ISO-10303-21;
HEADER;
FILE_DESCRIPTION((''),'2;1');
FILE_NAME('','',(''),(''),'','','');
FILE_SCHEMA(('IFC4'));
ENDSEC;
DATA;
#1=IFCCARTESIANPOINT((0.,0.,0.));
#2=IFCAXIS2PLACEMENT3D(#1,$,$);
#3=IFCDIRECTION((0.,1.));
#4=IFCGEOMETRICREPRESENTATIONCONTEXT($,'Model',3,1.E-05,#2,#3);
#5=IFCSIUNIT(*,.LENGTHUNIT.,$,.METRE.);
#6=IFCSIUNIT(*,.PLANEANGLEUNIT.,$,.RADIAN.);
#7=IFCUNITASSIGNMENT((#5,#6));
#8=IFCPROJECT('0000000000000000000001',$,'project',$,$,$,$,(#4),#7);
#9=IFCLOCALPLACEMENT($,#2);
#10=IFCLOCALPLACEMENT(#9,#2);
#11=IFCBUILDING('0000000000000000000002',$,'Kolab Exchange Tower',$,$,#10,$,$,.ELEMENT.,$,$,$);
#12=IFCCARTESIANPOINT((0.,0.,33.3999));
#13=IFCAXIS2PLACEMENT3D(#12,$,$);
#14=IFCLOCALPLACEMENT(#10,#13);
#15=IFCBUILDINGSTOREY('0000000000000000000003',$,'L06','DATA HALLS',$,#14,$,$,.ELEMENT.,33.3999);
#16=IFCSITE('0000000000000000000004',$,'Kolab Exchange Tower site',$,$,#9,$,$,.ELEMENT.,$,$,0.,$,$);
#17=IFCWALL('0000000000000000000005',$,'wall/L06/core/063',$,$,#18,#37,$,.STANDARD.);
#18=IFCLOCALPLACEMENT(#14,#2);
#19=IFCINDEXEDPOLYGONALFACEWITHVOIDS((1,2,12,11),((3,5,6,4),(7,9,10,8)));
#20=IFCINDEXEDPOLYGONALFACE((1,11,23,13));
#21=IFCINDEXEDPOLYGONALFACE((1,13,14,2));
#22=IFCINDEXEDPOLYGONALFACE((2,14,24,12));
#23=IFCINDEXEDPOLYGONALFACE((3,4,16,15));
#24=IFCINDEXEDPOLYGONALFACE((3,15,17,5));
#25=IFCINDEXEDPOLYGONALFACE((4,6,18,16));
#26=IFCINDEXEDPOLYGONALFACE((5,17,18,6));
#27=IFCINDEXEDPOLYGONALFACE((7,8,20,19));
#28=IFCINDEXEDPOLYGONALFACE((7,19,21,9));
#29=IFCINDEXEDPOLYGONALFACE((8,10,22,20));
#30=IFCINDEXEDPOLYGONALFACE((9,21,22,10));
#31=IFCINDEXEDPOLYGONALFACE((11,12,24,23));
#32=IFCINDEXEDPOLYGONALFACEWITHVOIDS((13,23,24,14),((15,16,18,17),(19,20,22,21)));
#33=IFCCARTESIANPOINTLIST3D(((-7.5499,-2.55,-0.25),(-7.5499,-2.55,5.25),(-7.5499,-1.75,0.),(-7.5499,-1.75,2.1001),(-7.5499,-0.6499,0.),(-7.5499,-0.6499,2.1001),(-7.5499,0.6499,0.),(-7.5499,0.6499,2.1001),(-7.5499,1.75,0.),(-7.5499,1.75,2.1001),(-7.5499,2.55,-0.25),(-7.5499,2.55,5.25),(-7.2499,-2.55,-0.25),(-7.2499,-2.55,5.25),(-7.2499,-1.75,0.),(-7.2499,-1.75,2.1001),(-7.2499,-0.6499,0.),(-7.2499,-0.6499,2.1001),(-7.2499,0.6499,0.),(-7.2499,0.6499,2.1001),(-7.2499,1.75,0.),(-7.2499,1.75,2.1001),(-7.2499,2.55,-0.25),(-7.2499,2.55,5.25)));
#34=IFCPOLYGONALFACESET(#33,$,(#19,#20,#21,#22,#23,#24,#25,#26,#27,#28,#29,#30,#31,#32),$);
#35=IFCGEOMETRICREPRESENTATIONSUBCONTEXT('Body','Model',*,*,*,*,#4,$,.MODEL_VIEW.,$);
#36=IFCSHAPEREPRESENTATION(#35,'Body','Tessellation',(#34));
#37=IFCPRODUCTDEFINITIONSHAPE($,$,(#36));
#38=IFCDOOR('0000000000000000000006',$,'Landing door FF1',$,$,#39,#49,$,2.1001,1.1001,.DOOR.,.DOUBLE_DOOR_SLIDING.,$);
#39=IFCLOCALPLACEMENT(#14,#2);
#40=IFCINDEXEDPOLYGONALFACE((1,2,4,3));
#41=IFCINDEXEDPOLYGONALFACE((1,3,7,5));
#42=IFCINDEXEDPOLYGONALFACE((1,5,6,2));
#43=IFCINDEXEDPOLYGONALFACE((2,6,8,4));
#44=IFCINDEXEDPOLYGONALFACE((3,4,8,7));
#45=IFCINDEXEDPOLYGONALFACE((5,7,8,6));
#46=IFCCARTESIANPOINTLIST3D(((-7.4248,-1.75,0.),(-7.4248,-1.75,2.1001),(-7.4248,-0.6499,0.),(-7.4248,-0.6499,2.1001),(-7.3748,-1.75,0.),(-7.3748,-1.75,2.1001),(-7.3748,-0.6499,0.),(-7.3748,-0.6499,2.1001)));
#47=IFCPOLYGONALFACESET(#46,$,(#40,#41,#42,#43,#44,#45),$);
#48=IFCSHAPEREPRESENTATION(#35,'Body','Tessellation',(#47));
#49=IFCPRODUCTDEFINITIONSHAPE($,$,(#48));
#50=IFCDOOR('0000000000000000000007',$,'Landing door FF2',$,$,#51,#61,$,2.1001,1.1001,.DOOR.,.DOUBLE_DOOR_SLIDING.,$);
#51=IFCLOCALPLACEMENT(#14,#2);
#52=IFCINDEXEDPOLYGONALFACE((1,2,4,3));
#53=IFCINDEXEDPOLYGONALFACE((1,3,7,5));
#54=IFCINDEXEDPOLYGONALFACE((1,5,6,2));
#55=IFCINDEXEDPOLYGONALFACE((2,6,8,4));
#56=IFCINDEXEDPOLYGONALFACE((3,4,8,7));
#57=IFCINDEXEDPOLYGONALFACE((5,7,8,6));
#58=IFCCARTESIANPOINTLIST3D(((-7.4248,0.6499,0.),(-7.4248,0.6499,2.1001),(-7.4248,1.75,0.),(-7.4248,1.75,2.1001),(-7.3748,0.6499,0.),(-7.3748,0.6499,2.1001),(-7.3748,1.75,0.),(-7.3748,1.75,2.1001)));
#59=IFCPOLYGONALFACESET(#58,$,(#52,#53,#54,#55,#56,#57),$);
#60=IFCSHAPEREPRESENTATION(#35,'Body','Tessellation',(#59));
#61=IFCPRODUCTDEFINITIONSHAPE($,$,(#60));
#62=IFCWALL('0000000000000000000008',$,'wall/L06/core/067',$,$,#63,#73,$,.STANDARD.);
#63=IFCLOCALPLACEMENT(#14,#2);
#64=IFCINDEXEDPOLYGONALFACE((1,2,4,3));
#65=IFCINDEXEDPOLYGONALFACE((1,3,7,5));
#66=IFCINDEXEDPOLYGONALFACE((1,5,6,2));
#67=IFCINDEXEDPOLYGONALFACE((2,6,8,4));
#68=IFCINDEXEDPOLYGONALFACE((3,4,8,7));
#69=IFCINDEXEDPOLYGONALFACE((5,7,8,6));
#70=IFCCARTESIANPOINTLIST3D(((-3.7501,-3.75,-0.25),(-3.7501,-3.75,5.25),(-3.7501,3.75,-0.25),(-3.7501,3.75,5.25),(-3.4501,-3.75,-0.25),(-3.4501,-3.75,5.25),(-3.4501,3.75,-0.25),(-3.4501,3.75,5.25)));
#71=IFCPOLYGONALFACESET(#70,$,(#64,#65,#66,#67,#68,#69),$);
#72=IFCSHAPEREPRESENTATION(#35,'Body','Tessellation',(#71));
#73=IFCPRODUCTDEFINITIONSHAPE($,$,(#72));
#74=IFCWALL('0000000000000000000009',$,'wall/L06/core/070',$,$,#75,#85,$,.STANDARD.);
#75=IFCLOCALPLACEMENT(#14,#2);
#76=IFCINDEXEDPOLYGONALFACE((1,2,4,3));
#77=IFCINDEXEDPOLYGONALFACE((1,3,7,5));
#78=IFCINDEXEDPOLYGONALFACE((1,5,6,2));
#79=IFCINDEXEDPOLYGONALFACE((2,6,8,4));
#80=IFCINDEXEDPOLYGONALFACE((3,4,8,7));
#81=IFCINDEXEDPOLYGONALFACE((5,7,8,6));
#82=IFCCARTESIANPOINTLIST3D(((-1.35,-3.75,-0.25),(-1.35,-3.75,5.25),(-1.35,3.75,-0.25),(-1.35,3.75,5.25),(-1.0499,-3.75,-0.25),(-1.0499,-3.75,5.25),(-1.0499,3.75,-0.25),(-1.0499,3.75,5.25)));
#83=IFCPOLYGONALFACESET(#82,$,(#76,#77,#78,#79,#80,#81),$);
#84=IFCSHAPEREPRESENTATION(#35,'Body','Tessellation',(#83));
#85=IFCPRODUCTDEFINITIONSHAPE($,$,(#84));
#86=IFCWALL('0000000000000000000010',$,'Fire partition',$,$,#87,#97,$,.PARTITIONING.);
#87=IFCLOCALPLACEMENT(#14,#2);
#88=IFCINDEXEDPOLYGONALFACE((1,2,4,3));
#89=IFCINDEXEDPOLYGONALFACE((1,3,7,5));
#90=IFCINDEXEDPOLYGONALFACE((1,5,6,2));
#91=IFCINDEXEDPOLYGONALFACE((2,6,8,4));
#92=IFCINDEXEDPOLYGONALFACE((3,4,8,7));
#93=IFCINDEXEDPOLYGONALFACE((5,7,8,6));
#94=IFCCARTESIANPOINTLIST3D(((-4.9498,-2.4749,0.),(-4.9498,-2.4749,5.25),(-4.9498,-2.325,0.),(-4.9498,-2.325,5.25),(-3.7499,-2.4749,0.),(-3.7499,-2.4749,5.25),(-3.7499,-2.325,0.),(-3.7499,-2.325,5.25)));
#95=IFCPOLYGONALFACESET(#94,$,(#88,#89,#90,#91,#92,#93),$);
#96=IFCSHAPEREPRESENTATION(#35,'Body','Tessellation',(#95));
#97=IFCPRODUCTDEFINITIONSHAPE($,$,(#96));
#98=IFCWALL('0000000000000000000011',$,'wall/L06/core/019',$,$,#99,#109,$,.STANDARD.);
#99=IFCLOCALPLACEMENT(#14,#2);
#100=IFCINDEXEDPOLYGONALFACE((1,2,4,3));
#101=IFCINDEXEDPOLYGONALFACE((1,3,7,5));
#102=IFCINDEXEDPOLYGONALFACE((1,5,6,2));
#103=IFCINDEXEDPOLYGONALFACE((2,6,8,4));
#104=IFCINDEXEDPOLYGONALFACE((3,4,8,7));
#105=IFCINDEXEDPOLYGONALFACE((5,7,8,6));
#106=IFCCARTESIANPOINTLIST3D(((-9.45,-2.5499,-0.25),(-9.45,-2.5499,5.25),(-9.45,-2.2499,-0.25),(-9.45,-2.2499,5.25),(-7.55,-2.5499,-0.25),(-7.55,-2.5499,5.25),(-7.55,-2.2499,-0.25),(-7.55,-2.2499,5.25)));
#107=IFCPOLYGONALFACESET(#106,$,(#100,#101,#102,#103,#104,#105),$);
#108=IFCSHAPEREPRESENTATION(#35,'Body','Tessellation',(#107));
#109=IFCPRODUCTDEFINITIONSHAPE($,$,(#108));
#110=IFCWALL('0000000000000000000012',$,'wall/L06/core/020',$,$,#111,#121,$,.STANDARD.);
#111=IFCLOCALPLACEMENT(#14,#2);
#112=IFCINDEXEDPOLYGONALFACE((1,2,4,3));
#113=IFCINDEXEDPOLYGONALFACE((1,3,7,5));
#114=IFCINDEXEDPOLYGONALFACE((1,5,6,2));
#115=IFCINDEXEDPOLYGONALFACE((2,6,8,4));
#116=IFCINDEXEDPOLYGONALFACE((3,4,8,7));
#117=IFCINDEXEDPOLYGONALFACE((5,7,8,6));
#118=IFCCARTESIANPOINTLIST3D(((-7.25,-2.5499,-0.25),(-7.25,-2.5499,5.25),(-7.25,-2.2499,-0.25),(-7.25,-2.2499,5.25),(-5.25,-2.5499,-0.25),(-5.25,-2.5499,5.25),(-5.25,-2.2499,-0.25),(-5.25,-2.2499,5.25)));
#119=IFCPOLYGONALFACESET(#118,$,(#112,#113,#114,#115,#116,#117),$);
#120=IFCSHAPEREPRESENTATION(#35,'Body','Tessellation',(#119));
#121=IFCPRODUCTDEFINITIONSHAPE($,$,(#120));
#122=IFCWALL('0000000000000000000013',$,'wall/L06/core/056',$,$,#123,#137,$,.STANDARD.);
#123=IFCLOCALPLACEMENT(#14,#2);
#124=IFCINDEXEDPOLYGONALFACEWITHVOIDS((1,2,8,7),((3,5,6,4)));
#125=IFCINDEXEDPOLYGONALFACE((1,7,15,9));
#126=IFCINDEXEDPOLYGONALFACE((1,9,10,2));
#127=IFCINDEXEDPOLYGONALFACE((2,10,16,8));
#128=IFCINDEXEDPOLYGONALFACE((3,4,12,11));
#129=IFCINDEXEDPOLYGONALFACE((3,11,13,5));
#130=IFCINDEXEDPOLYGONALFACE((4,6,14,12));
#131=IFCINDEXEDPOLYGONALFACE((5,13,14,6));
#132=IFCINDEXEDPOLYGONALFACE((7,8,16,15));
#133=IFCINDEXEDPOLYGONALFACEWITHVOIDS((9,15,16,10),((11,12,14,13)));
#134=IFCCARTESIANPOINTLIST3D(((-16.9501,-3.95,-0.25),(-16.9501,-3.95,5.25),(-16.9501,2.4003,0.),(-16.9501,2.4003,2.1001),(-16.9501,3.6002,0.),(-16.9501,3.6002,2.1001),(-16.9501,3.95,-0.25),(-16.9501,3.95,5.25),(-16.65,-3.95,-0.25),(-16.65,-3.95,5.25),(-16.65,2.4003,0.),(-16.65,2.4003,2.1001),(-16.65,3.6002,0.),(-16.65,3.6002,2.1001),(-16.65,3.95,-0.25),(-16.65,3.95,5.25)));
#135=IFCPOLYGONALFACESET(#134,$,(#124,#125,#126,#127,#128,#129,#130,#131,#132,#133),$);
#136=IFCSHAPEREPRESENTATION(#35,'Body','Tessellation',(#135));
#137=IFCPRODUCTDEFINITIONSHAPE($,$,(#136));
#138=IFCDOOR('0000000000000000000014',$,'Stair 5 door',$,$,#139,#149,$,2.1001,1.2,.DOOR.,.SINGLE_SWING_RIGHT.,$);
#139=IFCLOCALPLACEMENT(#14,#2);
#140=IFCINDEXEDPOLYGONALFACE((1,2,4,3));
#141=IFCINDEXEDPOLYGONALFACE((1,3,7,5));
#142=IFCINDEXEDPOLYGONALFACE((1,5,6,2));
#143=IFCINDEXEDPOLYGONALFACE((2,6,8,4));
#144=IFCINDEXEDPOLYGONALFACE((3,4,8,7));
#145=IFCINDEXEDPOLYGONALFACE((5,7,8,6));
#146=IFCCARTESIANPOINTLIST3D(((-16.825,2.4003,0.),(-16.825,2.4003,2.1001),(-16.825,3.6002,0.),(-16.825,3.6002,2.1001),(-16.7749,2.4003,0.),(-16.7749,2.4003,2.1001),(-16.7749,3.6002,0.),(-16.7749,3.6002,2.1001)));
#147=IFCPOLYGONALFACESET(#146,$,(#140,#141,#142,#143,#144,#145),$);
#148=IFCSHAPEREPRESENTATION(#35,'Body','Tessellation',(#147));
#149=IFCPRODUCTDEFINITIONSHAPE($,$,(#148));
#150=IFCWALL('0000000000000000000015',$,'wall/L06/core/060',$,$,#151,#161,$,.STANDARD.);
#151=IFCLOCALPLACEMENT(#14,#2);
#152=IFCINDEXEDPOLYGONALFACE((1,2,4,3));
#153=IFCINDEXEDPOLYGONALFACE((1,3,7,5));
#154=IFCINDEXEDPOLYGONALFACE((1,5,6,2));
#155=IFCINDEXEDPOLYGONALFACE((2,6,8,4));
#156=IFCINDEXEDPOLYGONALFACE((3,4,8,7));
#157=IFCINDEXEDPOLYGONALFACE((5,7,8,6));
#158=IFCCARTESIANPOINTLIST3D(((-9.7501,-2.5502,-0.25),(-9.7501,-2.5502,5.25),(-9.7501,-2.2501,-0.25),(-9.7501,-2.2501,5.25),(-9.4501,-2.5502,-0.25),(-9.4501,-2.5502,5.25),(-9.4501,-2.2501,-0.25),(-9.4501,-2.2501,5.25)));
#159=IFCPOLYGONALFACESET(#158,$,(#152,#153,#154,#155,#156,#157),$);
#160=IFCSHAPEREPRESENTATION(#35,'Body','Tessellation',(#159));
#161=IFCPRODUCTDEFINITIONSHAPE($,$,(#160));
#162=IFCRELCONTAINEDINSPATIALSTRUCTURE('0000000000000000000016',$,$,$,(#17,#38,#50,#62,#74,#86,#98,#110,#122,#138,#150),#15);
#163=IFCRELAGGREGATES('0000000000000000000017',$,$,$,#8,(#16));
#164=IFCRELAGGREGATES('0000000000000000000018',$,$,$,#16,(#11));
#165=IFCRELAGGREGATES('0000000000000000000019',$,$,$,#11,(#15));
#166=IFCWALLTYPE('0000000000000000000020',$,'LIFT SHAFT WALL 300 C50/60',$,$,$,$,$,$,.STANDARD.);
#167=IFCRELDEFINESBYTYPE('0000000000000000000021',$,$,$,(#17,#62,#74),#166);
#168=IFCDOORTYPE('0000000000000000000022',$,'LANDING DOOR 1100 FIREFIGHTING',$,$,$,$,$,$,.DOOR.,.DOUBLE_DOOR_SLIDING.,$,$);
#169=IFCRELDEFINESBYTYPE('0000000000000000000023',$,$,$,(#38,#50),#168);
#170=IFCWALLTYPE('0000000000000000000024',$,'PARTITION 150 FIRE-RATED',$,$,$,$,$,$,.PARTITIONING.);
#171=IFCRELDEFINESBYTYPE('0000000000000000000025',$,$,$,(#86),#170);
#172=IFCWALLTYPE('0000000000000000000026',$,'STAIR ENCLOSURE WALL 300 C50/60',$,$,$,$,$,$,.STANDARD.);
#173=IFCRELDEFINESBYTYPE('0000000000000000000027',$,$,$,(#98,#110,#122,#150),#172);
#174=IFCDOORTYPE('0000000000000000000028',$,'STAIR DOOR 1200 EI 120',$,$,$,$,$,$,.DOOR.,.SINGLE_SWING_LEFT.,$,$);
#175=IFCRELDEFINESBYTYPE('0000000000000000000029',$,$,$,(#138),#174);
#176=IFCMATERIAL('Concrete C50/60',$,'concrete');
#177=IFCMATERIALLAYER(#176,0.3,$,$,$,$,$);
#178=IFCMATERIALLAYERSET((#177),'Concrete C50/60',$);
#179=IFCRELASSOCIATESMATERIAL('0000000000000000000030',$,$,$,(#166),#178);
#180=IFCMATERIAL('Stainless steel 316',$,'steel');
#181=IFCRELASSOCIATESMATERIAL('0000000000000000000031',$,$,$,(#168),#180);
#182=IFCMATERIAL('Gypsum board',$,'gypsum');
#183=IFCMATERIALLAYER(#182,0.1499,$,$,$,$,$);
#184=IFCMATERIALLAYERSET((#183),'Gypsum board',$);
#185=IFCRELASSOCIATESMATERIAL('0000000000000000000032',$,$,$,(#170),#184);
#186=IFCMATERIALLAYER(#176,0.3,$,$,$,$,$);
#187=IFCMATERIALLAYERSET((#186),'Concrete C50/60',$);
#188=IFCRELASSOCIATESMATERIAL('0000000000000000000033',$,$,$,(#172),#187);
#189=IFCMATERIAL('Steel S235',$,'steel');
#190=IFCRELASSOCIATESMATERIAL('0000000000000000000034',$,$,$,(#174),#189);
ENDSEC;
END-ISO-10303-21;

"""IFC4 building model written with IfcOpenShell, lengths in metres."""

from ifc_helpers import new_model, si_unit, direction, frame, frame_2d, origin, place, context, subcontext, project, spatial, rectangle, extrude, material, layer, layer_set, type_object, element, fill, save


model = new_model("IFC4")

# Units and contexts
model_context = context("Model", 3, precision=1e-05, world=origin(), true_north=direction((0.0, 1.0)))
body_context = subcontext(model_context, "Body", "Model", "MODEL_VIEW")
ifc_project = project(units=[si_unit("LENGTHUNIT", "METRE"), si_unit("PLANEANGLEUNIT", "RADIAN")], contexts=[model_context])

# Site, building, storey
site_placement = place(None, origin())
site = spatial("IfcSite", under=ifc_project, at=site_placement, Name="Kolab Exchange Tower site", CompositionType="ELEMENT", RefElevation=0.0)
building_placement = place(site_placement, origin())
building = spatial("IfcBuilding", under=site, at=building_placement, Name="Kolab Exchange Tower", CompositionType="ELEMENT")
storey_placement = place(building_placement, frame((0.0, 0.0, 33.3999)))
storey = spatial("IfcBuildingStorey", under=building, at=storey_placement, Name="L06", Description="DATA HALLS", CompositionType="ELEMENT", Elevation=33.3999)

# Shared definitions
ifc_material_1 = material(Name="Concrete C50/60", Category="concrete")
ifc_layer_1 = layer(ifc_material_1, 0.3)
ifc_layer_set_1 = layer_set([ifc_layer_1], Name="Concrete C50/60")
wall_type_1 = type_object("IfcWallType", Name="LIFT SHAFT WALL 300 C50/60", PredefinedType="STANDARD", material=ifc_layer_set_1)

# Shared definitions
ifc_material_2 = material(Name="Steel S235", Category="steel")

# Wall, openings, doors
wall_1_placement = place(storey_placement, frame((-7.3999, -2.55, -0.25), z_axis=(0.0, 0.0, 1.0), x_axis=(0.0, 1.0, 0.0)))
wall_1 = element("IfcWall", 1, at=wall_1_placement, inside=storey, type_object=wall_type_1, Name="wall/L06/core/063", PredefinedType="STANDARD", context=body_context, shape_type="SweptSolid", body=[
    extrude(rectangle(XDim=5.1001, YDim=0.3, at=frame_2d((2.55, 0.0))), origin(), (0.0, 0.0, 1.0), 5.5),
])
opening_1_placement = place(wall_1_placement, frame((0.8, 0.0, 0.25)))
opening_1 = element("IfcOpeningElement", 2, at=opening_1_placement, cuts=wall_1, PredefinedType="OPENING", context=body_context, shape_type="SweptSolid", body=[
    extrude(rectangle(XDim=1.1001, YDim=2.1001, at=frame_2d((0.55, 1.05))), frame((0.0, 0.1602, 0.0), z_axis=(0.0, -1.0, 0.0), x_axis=(1.0, 0.0, 0.0)), (0.0, 0.0, 1.0), 0.3201),
])
opening_2_placement = place(wall_1_placement, frame((3.2, 0.0, 0.25)))
opening_2 = element("IfcOpeningElement", 3, at=opening_2_placement, cuts=wall_1, PredefinedType="OPENING", context=body_context, shape_type="SweptSolid", body=[
    extrude(rectangle(XDim=1.1001, YDim=2.1001, at=frame_2d((0.55, 1.05))), frame((0.0, 0.1602, 0.0), z_axis=(0.0, -1.0, 0.0), x_axis=(1.0, 0.0, 0.0)), (0.0, 0.0, 1.0), 0.3201),
])
ifc_material_3 = material(Name="Stainless steel 316", Category="steel")
door_type_1 = type_object("IfcDoorType", Name="LANDING DOOR 1100 FIREFIGHTING", OperationType="DOUBLE_DOOR_SLIDING", PredefinedType="DOOR", material=ifc_material_3)
door_1_placement = place(opening_1_placement, origin())
door_1 = element("IfcDoor", 4, at=door_1_placement, inside=storey, type_object=door_type_1, Name="Landing door FF1", OperationType="DOUBLE_DOOR_SLIDING", OverallHeight=2.1001, OverallWidth=1.1001, PredefinedType="DOOR", context=body_context, shape_type="SweptSolid", body=[
    extrude(rectangle(XDim=1.1001, YDim=2.1001, at=frame_2d((0.55, 1.05))), frame((0.0, 0.0249, 0.0), z_axis=(0.0, -1.0, 0.0), x_axis=(1.0, 0.0, 0.0)), (0.0, 0.0, 1.0), 0.05),
])
fill(opening_1, door_1)
door_2_placement = place(opening_2_placement, origin())
door_2 = element("IfcDoor", 5, at=door_2_placement, inside=storey, type_object=door_type_1, Name="Landing door FF2", OperationType="DOUBLE_DOOR_SLIDING", OverallHeight=2.1001, OverallWidth=1.1001, PredefinedType="DOOR", context=body_context, shape_type="SweptSolid", body=[
    extrude(rectangle(XDim=1.1001, YDim=2.1001, at=frame_2d((0.55, 1.05))), frame((0.0, 0.0249, 0.0), z_axis=(0.0, -1.0, 0.0), x_axis=(1.0, 0.0, 0.0)), (0.0, 0.0, 1.0), 0.05),
])
fill(opening_2, door_2)

# Walls
for number, where, z_axis, x_axis, name in (
    (6, (-3.6001, -3.75, -0.25), (0.0, 0.0, 1.0), (0.0, 1.0, 0.0), "wall/L06/core/067"),
    (7, (-1.2, -3.75, -0.25), (0.0, 0.0, 1.0), (0.0, 1.0, 0.0), "wall/L06/core/070"),
):
    element("IfcWall", number, at=place(storey_placement, frame(where, z_axis=z_axis, x_axis=x_axis)), inside=storey, type_object=wall_type_1, Name=name, PredefinedType="STANDARD", context=body_context, shape_type="SweptSolid", body=[
        extrude(rectangle(XDim=7.5, YDim=0.3, at=frame_2d((3.75, 0.0))), origin(), (0.0, 0.0, 1.0), 5.5),
    ])
ifc_material_4 = material(Name="Gypsum board", Category="gypsum")
ifc_layer_2 = layer(ifc_material_4, 0.1499)
ifc_layer_set_2 = layer_set([ifc_layer_2], Name="Gypsum board")
wall_type_2 = type_object("IfcWallType", Name="PARTITION 150 FIRE-RATED", PredefinedType="PARTITIONING", material=ifc_layer_set_2)
wall_2_placement = place(storey_placement, frame((-4.95, -2.3999, 0.0), z_axis=(0.0, 0.0, 1.0), x_axis=(1.0, 0.0, 0.0)))
element("IfcWall", 8, at=wall_2_placement, inside=storey, type_object=wall_type_2, Name="Fire partition", PredefinedType="PARTITIONING", context=body_context, shape_type="SweptSolid", body=[
    extrude(rectangle(XDim=1.2, YDim=0.1499, at=frame_2d((0.6001, 0.0))), origin(), (0.0, 0.0, 1.0), 5.25),
])
ifc_layer_3 = layer(ifc_material_1, 0.3)
ifc_layer_set_3 = layer_set([ifc_layer_3], Name="Concrete C50/60")
wall_type_3 = type_object("IfcWallType", Name="STAIR ENCLOSURE WALL 300 C50/60", PredefinedType="STANDARD", material=ifc_layer_set_3)
wall_3_placement = place(storey_placement, frame((-9.45, -2.3999, -0.25), z_axis=(0.0, 0.0, 1.0), x_axis=(1.0, 0.0, 0.0)))
element("IfcWall", 9, at=wall_3_placement, inside=storey, type_object=wall_type_3, Name="wall/L06/core/019", PredefinedType="STANDARD", context=body_context, shape_type="SweptSolid", body=[
    extrude(rectangle(XDim=1.8999, YDim=0.3, at=frame_2d((0.95, 0.0))), origin(), (0.0, 0.0, 1.0), 5.5),
])
wall_4_placement = place(storey_placement, frame((-7.25, -2.3999, -0.25), z_axis=(0.0, 0.0, 1.0), x_axis=(1.0, 0.0, 0.0)))
element("IfcWall", 10, at=wall_4_placement, inside=storey, type_object=wall_type_3, Name="wall/L06/core/020", PredefinedType="STANDARD", context=body_context, shape_type="SweptSolid", body=[
    extrude(rectangle(XDim=2.0, YDim=0.3, at=frame_2d((1.0, 0.0))), origin(), (0.0, 0.0, 1.0), 5.5),
])

# Wall, opening, door
wall_5_placement = place(storey_placement, frame((-16.8, -3.95, -0.25), z_axis=(0.0, 0.0, 1.0), x_axis=(0.0, 1.0, 0.0)))
wall_5 = element("IfcWall", 11, at=wall_5_placement, inside=storey, type_object=wall_type_3, Name="wall/L06/core/056", PredefinedType="STANDARD", context=body_context, shape_type="SweptSolid", body=[
    extrude(rectangle(XDim=7.8999, YDim=0.3, at=frame_2d((3.95, 0.0))), origin(), (0.0, 0.0, 1.0), 5.5),
])
opening_3_placement = place(wall_5_placement, frame((6.3501, 0.0, 0.25)))
opening_3 = element("IfcOpeningElement", 12, at=opening_3_placement, cuts=wall_5, PredefinedType="OPENING", context=body_context, shape_type="SweptSolid", body=[
    extrude(rectangle(XDim=1.2, YDim=2.1001, at=frame_2d((0.6001, 1.05))), frame((0.0, 0.1602, 0.0), z_axis=(0.0, -1.0, 0.0), x_axis=(1.0, 0.0, 0.0)), (0.0, 0.0, 1.0), 0.3201),
])
door_type_2 = type_object("IfcDoorType", Name="STAIR DOOR 1200 EI 120", OperationType="SINGLE_SWING_LEFT", PredefinedType="DOOR", material=ifc_material_2)
door_3_placement = place(opening_3_placement, origin())
door_3 = element("IfcDoor", 13, at=door_3_placement, inside=storey, type_object=door_type_2, Name="Stair 5 door", OperationType="SINGLE_SWING_RIGHT", OverallHeight=2.1001, OverallWidth=1.2, PredefinedType="DOOR", context=body_context, shape_type="SweptSolid", body=[
    extrude(rectangle(XDim=1.2, YDim=2.1001, at=frame_2d((0.6001, 1.05))), frame((0.0, 0.0249, 0.0), z_axis=(0.0, -1.0, 0.0), x_axis=(1.0, 0.0, 0.0)), (0.0, 0.0, 1.0), 0.05),
])
fill(opening_3, door_3)

# Wall
wall_6_placement = place(storey_placement, frame((-9.6001, -2.55, -0.25), z_axis=(0.0, 0.0, 1.0), x_axis=(0.0, 1.0, 0.0)))
element("IfcWall", 14, at=wall_6_placement, inside=storey, type_object=wall_type_3, Name="wall/L06/core/060", PredefinedType="STANDARD", context=body_context, shape_type="SweptSolid", body=[
    extrude(rectangle(XDim=0.3, YDim=0.3, at=frame_2d((0.1499, 0.0))), origin(), (0.0, 0.0, 1.0), 5.5),
])

save(model, "model.ifc")
